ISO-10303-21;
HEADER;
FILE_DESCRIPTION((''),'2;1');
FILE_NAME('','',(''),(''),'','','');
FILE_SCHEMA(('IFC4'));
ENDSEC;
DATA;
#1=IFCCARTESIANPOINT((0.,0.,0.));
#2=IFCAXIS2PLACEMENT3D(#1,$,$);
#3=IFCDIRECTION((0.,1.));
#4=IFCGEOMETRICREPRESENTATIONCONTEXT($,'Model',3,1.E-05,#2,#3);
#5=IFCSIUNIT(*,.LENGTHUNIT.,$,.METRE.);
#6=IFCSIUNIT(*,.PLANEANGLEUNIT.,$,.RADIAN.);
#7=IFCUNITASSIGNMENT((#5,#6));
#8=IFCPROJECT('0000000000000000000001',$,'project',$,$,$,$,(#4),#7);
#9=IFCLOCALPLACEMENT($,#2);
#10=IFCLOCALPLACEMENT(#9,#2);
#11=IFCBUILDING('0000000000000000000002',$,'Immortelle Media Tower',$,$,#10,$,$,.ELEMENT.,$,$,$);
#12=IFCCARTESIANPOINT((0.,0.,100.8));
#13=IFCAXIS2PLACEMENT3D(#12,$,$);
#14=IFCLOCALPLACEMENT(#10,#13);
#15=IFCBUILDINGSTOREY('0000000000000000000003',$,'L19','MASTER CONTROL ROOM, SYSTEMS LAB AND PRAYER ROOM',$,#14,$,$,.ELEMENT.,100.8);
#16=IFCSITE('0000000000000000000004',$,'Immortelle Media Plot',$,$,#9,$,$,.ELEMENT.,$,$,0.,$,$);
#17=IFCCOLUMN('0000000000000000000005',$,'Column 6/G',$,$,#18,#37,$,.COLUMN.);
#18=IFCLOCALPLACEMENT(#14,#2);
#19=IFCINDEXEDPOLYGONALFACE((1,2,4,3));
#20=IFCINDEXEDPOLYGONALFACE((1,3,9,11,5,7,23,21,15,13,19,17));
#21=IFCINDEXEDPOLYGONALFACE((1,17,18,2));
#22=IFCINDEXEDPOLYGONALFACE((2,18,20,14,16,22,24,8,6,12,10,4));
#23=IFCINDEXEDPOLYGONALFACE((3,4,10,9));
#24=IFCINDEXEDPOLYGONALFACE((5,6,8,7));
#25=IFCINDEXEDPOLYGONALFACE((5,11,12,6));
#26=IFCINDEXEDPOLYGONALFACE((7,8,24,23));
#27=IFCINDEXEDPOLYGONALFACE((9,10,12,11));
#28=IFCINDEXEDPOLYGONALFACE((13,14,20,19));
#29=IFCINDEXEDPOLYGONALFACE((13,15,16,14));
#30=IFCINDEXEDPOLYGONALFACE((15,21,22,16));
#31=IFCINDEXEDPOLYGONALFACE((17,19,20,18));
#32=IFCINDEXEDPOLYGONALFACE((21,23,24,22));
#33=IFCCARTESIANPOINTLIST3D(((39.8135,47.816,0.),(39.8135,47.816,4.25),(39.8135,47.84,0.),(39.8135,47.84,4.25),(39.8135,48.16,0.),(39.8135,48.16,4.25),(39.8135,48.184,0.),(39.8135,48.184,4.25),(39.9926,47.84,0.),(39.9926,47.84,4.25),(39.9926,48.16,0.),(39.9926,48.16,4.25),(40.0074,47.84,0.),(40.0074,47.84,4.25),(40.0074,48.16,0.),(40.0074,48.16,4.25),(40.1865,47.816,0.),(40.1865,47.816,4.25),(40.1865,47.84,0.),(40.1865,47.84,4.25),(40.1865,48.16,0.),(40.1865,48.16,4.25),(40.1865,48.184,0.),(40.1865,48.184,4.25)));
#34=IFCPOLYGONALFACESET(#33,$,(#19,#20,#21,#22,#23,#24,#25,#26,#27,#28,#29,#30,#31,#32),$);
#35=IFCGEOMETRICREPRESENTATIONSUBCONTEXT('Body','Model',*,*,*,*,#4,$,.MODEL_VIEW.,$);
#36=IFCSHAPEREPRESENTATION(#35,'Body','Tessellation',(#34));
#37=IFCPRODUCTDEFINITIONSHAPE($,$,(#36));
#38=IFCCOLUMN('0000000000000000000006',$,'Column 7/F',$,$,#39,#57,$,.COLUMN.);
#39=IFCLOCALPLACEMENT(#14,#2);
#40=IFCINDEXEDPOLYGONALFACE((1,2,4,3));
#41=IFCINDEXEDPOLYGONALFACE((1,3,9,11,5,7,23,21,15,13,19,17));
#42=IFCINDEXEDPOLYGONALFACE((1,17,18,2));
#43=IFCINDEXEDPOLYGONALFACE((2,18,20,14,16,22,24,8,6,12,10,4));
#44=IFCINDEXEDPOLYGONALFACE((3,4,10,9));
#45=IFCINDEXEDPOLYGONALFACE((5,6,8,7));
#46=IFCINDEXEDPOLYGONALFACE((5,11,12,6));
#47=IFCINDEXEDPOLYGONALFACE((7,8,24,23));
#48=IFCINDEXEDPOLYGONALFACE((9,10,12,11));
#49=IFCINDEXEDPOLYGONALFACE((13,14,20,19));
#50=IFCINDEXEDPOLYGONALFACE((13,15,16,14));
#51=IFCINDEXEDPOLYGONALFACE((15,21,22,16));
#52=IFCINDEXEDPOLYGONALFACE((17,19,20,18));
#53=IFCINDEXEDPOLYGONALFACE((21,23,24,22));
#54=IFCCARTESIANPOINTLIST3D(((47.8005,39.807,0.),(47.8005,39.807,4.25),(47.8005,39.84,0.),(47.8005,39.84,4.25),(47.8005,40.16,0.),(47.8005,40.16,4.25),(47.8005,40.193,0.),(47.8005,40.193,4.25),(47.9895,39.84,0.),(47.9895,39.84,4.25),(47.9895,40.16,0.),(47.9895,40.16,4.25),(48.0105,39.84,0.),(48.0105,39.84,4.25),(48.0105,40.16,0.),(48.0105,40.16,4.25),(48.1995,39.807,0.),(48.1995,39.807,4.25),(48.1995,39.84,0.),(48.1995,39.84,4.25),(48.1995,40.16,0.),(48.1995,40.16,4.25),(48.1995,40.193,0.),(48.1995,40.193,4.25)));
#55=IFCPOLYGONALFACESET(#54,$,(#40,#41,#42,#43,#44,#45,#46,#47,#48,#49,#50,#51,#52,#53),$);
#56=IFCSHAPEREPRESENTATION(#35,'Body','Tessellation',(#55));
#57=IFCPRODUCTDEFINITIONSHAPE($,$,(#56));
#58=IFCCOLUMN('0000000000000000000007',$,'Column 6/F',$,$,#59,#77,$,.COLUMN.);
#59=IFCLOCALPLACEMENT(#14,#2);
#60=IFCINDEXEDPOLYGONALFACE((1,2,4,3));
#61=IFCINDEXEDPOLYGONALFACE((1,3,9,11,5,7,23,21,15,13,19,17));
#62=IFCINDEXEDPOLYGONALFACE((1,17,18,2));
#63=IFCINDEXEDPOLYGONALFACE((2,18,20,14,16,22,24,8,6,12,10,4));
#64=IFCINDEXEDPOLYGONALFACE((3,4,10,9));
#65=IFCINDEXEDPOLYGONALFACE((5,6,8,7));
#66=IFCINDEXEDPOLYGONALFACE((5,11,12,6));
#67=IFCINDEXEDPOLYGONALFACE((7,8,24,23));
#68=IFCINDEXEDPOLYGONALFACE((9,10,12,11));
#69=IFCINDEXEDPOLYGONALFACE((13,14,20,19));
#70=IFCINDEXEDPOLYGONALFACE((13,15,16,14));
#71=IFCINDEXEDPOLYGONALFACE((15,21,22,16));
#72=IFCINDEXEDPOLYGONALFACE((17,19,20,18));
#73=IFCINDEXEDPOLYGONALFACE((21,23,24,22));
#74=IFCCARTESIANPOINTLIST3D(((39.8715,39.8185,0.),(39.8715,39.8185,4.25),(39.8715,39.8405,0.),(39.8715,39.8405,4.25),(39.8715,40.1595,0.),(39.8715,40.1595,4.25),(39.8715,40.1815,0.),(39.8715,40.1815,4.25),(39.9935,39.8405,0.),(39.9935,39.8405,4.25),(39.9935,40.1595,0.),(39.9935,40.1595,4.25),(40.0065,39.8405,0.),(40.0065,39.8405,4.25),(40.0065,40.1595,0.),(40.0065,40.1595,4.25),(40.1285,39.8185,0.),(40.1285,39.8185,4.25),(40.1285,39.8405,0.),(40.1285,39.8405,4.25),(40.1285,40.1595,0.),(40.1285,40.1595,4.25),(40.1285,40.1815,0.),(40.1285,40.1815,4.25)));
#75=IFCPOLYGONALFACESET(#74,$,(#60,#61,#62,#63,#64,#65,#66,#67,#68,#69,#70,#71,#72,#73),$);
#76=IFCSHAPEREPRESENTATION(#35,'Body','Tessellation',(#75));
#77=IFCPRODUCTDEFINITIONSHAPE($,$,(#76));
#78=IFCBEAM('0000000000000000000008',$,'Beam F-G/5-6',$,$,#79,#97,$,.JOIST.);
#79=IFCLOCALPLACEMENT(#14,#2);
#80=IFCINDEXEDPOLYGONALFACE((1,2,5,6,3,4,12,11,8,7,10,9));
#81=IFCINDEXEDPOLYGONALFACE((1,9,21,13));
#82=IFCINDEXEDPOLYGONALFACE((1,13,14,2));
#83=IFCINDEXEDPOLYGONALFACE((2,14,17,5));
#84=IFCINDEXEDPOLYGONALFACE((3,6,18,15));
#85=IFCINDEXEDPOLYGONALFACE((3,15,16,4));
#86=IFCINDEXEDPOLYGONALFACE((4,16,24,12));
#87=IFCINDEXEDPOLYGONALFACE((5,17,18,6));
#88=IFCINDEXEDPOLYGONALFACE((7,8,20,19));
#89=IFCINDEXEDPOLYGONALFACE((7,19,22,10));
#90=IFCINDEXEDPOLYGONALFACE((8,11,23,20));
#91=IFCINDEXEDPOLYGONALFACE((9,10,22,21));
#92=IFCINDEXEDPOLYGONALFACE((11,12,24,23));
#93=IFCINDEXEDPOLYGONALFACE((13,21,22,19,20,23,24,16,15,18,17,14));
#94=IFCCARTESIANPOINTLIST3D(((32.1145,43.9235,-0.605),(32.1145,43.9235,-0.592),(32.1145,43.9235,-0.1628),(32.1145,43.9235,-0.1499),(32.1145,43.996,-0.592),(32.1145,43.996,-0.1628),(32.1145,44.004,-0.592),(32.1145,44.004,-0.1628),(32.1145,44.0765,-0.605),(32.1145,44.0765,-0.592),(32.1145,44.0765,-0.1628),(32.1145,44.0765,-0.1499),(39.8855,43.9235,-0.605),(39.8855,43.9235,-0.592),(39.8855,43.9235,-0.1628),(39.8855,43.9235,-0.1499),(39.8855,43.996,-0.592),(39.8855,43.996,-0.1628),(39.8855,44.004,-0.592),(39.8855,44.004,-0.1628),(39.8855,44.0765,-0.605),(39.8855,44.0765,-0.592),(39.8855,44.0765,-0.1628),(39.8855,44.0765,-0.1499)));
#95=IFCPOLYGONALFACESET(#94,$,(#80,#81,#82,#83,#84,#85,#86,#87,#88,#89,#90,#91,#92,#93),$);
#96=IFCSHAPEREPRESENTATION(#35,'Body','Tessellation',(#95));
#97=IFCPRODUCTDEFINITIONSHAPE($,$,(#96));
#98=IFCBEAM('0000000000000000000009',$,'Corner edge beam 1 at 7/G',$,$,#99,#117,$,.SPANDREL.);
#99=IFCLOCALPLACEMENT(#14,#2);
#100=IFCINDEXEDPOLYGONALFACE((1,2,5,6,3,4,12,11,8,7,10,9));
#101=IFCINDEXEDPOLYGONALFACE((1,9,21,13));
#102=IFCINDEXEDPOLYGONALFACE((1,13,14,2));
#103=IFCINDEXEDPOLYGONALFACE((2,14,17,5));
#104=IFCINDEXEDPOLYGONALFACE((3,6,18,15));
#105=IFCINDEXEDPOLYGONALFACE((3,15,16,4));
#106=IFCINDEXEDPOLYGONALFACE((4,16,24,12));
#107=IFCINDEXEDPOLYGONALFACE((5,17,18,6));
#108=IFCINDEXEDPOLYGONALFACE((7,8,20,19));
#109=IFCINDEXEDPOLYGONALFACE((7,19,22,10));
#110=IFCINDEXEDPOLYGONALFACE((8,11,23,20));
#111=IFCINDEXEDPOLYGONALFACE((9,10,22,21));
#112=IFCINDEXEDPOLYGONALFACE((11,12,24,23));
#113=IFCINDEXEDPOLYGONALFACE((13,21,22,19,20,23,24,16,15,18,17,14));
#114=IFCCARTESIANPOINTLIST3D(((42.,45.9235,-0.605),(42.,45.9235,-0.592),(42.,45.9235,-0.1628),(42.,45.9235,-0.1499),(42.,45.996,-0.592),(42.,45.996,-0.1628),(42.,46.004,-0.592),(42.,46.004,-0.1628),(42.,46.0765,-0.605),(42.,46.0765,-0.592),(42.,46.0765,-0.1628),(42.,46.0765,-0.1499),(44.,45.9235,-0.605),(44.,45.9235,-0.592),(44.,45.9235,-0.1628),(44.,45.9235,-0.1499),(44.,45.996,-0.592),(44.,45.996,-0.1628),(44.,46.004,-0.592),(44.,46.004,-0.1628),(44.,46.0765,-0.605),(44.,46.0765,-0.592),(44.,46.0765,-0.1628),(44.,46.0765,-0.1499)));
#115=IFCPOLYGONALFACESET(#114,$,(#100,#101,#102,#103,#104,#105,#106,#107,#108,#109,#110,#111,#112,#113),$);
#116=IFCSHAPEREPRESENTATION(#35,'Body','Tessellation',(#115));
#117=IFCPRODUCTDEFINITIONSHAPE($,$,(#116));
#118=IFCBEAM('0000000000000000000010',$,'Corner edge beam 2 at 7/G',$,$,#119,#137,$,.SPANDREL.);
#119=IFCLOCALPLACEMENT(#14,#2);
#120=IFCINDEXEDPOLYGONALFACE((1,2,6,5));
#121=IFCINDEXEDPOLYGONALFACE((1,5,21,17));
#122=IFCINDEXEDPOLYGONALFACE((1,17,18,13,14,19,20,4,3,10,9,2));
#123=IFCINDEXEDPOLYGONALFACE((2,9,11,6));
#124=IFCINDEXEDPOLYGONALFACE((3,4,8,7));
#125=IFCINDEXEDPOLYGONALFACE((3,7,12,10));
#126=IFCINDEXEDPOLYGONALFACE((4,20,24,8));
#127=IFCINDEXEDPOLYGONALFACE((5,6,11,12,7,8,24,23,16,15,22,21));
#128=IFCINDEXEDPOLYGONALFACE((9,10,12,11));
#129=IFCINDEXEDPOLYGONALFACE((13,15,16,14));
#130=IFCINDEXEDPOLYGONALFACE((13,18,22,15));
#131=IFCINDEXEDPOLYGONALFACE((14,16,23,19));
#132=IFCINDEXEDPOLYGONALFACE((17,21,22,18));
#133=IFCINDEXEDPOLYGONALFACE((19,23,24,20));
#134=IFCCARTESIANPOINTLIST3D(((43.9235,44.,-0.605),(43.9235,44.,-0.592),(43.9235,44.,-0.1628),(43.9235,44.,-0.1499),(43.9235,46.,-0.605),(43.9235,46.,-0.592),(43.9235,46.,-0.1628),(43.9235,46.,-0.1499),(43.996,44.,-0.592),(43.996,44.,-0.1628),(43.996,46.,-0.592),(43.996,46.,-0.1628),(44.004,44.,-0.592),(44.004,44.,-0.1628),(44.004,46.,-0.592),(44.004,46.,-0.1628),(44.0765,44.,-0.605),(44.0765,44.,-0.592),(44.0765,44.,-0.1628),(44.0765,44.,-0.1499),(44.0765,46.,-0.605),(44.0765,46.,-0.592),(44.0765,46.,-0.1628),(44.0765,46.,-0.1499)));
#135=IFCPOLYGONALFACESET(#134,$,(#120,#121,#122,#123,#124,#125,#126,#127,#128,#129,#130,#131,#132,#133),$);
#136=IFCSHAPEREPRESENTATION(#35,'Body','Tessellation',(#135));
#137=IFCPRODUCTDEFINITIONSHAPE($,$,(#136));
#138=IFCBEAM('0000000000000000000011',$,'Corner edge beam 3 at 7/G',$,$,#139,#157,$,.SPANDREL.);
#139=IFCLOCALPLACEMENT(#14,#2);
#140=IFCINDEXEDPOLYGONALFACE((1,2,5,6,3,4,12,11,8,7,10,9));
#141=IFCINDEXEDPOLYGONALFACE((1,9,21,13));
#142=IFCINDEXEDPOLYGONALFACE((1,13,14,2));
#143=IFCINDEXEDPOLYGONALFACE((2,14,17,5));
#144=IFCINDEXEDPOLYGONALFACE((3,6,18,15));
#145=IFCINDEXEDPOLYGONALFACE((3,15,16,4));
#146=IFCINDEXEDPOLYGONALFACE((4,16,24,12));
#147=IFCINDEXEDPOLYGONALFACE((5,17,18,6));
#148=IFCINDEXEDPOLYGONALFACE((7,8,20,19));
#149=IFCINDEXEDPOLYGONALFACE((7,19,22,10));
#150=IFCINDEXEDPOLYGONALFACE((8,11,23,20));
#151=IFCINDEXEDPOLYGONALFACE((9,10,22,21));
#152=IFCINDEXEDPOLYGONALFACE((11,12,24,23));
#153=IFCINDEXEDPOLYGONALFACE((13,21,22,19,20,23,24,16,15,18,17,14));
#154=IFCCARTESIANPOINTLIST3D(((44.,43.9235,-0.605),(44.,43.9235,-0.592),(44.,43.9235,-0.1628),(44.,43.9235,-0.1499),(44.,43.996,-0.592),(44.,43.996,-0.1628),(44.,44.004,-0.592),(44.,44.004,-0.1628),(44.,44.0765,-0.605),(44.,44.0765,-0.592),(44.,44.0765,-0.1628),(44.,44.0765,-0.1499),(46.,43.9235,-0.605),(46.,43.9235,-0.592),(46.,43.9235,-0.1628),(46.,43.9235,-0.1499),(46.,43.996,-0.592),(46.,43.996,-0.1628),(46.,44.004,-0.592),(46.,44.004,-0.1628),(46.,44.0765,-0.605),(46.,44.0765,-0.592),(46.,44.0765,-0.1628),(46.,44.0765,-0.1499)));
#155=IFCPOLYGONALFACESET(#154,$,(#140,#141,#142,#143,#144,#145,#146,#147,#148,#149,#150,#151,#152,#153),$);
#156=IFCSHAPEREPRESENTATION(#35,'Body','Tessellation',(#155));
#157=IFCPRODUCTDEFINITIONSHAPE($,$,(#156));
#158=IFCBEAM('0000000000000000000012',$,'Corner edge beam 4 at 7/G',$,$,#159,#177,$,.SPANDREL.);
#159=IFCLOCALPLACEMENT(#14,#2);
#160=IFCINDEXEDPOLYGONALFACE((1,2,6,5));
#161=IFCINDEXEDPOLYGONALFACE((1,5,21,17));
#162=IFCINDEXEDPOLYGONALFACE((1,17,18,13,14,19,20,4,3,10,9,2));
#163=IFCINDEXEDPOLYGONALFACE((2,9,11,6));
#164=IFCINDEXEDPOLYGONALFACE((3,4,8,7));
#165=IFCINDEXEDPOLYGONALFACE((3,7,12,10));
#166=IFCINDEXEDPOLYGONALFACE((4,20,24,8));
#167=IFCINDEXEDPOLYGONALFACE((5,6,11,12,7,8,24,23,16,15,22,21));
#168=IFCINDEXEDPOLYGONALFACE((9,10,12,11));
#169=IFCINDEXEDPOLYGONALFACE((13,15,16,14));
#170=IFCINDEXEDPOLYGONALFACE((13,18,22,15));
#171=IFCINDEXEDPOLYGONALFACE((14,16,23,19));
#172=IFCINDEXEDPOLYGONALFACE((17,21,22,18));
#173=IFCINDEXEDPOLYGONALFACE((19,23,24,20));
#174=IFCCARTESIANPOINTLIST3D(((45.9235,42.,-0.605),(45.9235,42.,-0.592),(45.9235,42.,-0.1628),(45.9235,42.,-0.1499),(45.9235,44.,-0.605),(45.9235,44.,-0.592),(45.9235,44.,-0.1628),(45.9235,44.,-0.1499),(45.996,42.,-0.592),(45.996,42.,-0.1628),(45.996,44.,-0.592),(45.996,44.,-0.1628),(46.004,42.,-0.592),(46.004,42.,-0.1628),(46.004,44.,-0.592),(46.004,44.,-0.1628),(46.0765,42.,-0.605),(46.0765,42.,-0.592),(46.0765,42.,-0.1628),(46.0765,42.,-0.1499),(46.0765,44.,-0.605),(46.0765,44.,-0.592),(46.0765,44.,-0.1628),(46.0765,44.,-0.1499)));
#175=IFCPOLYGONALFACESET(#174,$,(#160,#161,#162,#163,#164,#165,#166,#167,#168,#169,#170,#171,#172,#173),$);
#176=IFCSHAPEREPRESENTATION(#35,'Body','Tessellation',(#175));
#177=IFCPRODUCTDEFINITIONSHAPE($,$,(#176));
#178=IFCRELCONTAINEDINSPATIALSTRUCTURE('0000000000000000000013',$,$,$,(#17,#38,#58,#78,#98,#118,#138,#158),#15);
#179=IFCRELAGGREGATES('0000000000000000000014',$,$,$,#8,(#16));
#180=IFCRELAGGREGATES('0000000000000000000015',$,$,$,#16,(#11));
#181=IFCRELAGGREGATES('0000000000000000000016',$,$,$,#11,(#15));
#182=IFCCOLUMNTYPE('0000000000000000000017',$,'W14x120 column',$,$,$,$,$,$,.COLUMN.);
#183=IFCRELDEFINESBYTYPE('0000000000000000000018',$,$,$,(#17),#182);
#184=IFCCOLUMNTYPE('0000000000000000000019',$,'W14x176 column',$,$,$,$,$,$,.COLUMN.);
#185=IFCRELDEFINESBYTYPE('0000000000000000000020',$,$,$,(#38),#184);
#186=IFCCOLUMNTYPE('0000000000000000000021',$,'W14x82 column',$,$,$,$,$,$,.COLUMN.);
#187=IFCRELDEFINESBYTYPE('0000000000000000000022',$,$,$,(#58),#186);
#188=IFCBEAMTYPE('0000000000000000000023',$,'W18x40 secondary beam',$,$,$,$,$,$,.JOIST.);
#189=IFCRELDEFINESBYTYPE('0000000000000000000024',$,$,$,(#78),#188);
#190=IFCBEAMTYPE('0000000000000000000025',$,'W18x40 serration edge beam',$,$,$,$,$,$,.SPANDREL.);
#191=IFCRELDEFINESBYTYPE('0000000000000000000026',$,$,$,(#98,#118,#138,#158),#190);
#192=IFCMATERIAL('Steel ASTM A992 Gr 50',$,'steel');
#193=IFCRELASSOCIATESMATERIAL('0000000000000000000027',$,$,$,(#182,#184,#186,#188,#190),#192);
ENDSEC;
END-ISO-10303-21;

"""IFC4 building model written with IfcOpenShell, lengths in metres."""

from ifc_helpers import new_model, si_unit, direction, frame, origin, origin_2d, place, context, subcontext, project, spatial, i_section, extrude, material, material_profile, profile_set, type_object, element, save


model = new_model("IFC4")

# Units and contexts
model_context = context("Model", 3, precision=1e-05, world=origin(), true_north=direction((0.0, 1.0)))
body_context = subcontext(model_context, "Body", "Model", "MODEL_VIEW")
ifc_project = project(units=[si_unit("LENGTHUNIT", "METRE"), si_unit("PLANEANGLEUNIT", "RADIAN")], contexts=[model_context])

# Site, building, storey
site_placement = place(None, origin())
site = spatial("IfcSite", under=ifc_project, at=site_placement, Name="Immortelle Media Plot", CompositionType="ELEMENT", RefElevation=0.0)
building_placement = place(site_placement, origin())
building = spatial("IfcBuilding", under=site, at=building_placement, Name="Immortelle Media Tower", CompositionType="ELEMENT")
storey_placement = place(building_placement, frame((0.0, 0.0, 100.8)))
storey = spatial("IfcBuildingStorey", under=building, at=storey_placement, Name="L19", Description="MASTER CONTROL ROOM, SYSTEMS LAB AND PRAYER ROOM", CompositionType="ELEMENT", Elevation=100.8)

# Columns
ifc_material_1 = material(Name="Steel ASTM A992 Gr 50", Category="steel")
ifc_material_profile_1 = material_profile(ifc_material_1, i_section(OverallWidth=0.373, OverallDepth=0.3679, WebThickness=0.0149, FlangeThickness=0.0239, at=origin_2d()), Name="W14x120")
ifc_profile_set_1 = profile_set([ifc_material_profile_1], Name="Steel ASTM A992 Gr 50")
column_type_1 = type_object("IfcColumnType", Name="W14x120 column", PredefinedType="COLUMN", material=ifc_profile_set_1)
column_1_placement = place(storey_placement, frame((40.0, 48.0, 0.0), z_axis=(0.0, 0.0, 1.0), x_axis=(1.0, 0.0, 0.0)))
element("IfcColumn", 1, at=column_1_placement, inside=storey, type_object=column_type_1, Name="Column 6/G", PredefinedType="COLUMN", context=body_context, shape_type="SweptSolid", body=[
    extrude(i_section(OverallWidth=0.373, OverallDepth=0.3679, WebThickness=0.0149, FlangeThickness=0.0239, at=origin_2d()), origin(), (0.0, 0.0, 1.0), 4.25),
])
ifc_material_profile_2 = material_profile(ifc_material_1, i_section(OverallWidth=0.3989, OverallDepth=0.386, WebThickness=0.021, FlangeThickness=0.033, at=origin_2d()), Name="W14x176")
ifc_profile_set_2 = profile_set([ifc_material_profile_2], Name="Steel ASTM A992 Gr 50")
column_type_2 = type_object("IfcColumnType", Name="W14x176 column", PredefinedType="COLUMN", material=ifc_profile_set_2)
column_2_placement = place(storey_placement, frame((48.0, 40.0, 0.0), z_axis=(0.0, 0.0, 1.0), x_axis=(1.0, 0.0, 0.0)))
element("IfcColumn", 2, at=column_2_placement, inside=storey, type_object=column_type_2, Name="Column 7/F", PredefinedType="COLUMN", context=body_context, shape_type="SweptSolid", body=[
    extrude(i_section(OverallWidth=0.3989, OverallDepth=0.386, WebThickness=0.021, FlangeThickness=0.033, at=origin_2d()), origin(), (0.0, 0.0, 1.0), 4.25),
])
ifc_material_profile_3 = material_profile(ifc_material_1, i_section(OverallWidth=0.2571, OverallDepth=0.363, WebThickness=0.0129, FlangeThickness=0.022, at=origin_2d()), Name="W14x82")
ifc_profile_set_3 = profile_set([ifc_material_profile_3], Name="Steel ASTM A992 Gr 50")
column_type_3 = type_object("IfcColumnType", Name="W14x82 column", PredefinedType="COLUMN", material=ifc_profile_set_3)
column_3_placement = place(storey_placement, frame((40.0, 40.0, 0.0), z_axis=(0.0, 0.0, 1.0), x_axis=(1.0, 0.0, 0.0)))
element("IfcColumn", 3, at=column_3_placement, inside=storey, type_object=column_type_3, Name="Column 6/F", PredefinedType="COLUMN", context=body_context, shape_type="SweptSolid", body=[
    extrude(i_section(OverallWidth=0.2571, OverallDepth=0.363, WebThickness=0.0129, FlangeThickness=0.022, at=origin_2d()), origin(), (0.0, 0.0, 1.0), 4.25),
])

# Beams
ifc_material_profile_4 = material_profile(ifc_material_1, i_section(OverallWidth=0.1531, OverallDepth=0.4551, WebThickness=0.0081, FlangeThickness=0.0129, at=origin_2d()), Name="W18x40")
ifc_profile_set_4 = profile_set([ifc_material_profile_4], Name="Steel ASTM A992 Gr 50")
beam_type_1 = type_object("IfcBeamType", Name="W18x40 secondary beam", PredefinedType="JOIST", material=ifc_profile_set_4)
beam_1_placement = place(storey_placement, frame((32.1145, 44.0, -0.3774), z_axis=(1.0, 0.0, 0.0), x_axis=(0.0, 1.0, 0.0)))
element("IfcBeam", 4, at=beam_1_placement, inside=storey, type_object=beam_type_1, Name="Beam F-G/5-6", PredefinedType="JOIST", context=body_context, shape_type="SweptSolid", body=[
    extrude(i_section(OverallWidth=0.1531, OverallDepth=0.4551, WebThickness=0.0081, FlangeThickness=0.0129, at=origin_2d()), origin(), (0.0, 0.0, 1.0), 7.771),
])
ifc_material_profile_5 = material_profile(ifc_material_1, i_section(OverallWidth=0.1531, OverallDepth=0.4551, WebThickness=0.0081, FlangeThickness=0.0129, at=origin_2d()), Name="W18x40")
ifc_profile_set_5 = profile_set([ifc_material_profile_5], Name="Steel ASTM A992 Gr 50")
beam_type_2 = type_object("IfcBeamType", Name="W18x40 serration edge beam", PredefinedType="SPANDREL", material=ifc_profile_set_5)
for number, where, z_axis, x_axis, name in (
    (5, (42.0, 46.0, -0.3774), (1.0, 0.0, 0.0), (0.0, 1.0, 0.0), "Corner edge beam 1 at 7/G"),
    (6, (44.0, 46.0, -0.3774), (0.0, -1.0, 0.0), (1.0, 0.0, 0.0), "Corner edge beam 2 at 7/G"),
    (7, (44.0, 44.0, -0.3774), (1.0, 0.0, 0.0), (0.0, 1.0, 0.0), "Corner edge beam 3 at 7/G"),
    (8, (46.0, 44.0, -0.3774), (0.0, -1.0, 0.0), (1.0, 0.0, 0.0), "Corner edge beam 4 at 7/G"),
):
    element("IfcBeam", number, at=place(storey_placement, frame(where, z_axis=z_axis, x_axis=x_axis)), inside=storey, type_object=beam_type_2, Name=name, PredefinedType="SPANDREL", context=body_context, shape_type="SweptSolid", body=[
        extrude(i_section(OverallWidth=0.1531, OverallDepth=0.4551, WebThickness=0.0081, FlangeThickness=0.0129, at=origin_2d()), origin(), (0.0, 0.0, 1.0), 2.0),
    ])

save(model, "model.ifc")
